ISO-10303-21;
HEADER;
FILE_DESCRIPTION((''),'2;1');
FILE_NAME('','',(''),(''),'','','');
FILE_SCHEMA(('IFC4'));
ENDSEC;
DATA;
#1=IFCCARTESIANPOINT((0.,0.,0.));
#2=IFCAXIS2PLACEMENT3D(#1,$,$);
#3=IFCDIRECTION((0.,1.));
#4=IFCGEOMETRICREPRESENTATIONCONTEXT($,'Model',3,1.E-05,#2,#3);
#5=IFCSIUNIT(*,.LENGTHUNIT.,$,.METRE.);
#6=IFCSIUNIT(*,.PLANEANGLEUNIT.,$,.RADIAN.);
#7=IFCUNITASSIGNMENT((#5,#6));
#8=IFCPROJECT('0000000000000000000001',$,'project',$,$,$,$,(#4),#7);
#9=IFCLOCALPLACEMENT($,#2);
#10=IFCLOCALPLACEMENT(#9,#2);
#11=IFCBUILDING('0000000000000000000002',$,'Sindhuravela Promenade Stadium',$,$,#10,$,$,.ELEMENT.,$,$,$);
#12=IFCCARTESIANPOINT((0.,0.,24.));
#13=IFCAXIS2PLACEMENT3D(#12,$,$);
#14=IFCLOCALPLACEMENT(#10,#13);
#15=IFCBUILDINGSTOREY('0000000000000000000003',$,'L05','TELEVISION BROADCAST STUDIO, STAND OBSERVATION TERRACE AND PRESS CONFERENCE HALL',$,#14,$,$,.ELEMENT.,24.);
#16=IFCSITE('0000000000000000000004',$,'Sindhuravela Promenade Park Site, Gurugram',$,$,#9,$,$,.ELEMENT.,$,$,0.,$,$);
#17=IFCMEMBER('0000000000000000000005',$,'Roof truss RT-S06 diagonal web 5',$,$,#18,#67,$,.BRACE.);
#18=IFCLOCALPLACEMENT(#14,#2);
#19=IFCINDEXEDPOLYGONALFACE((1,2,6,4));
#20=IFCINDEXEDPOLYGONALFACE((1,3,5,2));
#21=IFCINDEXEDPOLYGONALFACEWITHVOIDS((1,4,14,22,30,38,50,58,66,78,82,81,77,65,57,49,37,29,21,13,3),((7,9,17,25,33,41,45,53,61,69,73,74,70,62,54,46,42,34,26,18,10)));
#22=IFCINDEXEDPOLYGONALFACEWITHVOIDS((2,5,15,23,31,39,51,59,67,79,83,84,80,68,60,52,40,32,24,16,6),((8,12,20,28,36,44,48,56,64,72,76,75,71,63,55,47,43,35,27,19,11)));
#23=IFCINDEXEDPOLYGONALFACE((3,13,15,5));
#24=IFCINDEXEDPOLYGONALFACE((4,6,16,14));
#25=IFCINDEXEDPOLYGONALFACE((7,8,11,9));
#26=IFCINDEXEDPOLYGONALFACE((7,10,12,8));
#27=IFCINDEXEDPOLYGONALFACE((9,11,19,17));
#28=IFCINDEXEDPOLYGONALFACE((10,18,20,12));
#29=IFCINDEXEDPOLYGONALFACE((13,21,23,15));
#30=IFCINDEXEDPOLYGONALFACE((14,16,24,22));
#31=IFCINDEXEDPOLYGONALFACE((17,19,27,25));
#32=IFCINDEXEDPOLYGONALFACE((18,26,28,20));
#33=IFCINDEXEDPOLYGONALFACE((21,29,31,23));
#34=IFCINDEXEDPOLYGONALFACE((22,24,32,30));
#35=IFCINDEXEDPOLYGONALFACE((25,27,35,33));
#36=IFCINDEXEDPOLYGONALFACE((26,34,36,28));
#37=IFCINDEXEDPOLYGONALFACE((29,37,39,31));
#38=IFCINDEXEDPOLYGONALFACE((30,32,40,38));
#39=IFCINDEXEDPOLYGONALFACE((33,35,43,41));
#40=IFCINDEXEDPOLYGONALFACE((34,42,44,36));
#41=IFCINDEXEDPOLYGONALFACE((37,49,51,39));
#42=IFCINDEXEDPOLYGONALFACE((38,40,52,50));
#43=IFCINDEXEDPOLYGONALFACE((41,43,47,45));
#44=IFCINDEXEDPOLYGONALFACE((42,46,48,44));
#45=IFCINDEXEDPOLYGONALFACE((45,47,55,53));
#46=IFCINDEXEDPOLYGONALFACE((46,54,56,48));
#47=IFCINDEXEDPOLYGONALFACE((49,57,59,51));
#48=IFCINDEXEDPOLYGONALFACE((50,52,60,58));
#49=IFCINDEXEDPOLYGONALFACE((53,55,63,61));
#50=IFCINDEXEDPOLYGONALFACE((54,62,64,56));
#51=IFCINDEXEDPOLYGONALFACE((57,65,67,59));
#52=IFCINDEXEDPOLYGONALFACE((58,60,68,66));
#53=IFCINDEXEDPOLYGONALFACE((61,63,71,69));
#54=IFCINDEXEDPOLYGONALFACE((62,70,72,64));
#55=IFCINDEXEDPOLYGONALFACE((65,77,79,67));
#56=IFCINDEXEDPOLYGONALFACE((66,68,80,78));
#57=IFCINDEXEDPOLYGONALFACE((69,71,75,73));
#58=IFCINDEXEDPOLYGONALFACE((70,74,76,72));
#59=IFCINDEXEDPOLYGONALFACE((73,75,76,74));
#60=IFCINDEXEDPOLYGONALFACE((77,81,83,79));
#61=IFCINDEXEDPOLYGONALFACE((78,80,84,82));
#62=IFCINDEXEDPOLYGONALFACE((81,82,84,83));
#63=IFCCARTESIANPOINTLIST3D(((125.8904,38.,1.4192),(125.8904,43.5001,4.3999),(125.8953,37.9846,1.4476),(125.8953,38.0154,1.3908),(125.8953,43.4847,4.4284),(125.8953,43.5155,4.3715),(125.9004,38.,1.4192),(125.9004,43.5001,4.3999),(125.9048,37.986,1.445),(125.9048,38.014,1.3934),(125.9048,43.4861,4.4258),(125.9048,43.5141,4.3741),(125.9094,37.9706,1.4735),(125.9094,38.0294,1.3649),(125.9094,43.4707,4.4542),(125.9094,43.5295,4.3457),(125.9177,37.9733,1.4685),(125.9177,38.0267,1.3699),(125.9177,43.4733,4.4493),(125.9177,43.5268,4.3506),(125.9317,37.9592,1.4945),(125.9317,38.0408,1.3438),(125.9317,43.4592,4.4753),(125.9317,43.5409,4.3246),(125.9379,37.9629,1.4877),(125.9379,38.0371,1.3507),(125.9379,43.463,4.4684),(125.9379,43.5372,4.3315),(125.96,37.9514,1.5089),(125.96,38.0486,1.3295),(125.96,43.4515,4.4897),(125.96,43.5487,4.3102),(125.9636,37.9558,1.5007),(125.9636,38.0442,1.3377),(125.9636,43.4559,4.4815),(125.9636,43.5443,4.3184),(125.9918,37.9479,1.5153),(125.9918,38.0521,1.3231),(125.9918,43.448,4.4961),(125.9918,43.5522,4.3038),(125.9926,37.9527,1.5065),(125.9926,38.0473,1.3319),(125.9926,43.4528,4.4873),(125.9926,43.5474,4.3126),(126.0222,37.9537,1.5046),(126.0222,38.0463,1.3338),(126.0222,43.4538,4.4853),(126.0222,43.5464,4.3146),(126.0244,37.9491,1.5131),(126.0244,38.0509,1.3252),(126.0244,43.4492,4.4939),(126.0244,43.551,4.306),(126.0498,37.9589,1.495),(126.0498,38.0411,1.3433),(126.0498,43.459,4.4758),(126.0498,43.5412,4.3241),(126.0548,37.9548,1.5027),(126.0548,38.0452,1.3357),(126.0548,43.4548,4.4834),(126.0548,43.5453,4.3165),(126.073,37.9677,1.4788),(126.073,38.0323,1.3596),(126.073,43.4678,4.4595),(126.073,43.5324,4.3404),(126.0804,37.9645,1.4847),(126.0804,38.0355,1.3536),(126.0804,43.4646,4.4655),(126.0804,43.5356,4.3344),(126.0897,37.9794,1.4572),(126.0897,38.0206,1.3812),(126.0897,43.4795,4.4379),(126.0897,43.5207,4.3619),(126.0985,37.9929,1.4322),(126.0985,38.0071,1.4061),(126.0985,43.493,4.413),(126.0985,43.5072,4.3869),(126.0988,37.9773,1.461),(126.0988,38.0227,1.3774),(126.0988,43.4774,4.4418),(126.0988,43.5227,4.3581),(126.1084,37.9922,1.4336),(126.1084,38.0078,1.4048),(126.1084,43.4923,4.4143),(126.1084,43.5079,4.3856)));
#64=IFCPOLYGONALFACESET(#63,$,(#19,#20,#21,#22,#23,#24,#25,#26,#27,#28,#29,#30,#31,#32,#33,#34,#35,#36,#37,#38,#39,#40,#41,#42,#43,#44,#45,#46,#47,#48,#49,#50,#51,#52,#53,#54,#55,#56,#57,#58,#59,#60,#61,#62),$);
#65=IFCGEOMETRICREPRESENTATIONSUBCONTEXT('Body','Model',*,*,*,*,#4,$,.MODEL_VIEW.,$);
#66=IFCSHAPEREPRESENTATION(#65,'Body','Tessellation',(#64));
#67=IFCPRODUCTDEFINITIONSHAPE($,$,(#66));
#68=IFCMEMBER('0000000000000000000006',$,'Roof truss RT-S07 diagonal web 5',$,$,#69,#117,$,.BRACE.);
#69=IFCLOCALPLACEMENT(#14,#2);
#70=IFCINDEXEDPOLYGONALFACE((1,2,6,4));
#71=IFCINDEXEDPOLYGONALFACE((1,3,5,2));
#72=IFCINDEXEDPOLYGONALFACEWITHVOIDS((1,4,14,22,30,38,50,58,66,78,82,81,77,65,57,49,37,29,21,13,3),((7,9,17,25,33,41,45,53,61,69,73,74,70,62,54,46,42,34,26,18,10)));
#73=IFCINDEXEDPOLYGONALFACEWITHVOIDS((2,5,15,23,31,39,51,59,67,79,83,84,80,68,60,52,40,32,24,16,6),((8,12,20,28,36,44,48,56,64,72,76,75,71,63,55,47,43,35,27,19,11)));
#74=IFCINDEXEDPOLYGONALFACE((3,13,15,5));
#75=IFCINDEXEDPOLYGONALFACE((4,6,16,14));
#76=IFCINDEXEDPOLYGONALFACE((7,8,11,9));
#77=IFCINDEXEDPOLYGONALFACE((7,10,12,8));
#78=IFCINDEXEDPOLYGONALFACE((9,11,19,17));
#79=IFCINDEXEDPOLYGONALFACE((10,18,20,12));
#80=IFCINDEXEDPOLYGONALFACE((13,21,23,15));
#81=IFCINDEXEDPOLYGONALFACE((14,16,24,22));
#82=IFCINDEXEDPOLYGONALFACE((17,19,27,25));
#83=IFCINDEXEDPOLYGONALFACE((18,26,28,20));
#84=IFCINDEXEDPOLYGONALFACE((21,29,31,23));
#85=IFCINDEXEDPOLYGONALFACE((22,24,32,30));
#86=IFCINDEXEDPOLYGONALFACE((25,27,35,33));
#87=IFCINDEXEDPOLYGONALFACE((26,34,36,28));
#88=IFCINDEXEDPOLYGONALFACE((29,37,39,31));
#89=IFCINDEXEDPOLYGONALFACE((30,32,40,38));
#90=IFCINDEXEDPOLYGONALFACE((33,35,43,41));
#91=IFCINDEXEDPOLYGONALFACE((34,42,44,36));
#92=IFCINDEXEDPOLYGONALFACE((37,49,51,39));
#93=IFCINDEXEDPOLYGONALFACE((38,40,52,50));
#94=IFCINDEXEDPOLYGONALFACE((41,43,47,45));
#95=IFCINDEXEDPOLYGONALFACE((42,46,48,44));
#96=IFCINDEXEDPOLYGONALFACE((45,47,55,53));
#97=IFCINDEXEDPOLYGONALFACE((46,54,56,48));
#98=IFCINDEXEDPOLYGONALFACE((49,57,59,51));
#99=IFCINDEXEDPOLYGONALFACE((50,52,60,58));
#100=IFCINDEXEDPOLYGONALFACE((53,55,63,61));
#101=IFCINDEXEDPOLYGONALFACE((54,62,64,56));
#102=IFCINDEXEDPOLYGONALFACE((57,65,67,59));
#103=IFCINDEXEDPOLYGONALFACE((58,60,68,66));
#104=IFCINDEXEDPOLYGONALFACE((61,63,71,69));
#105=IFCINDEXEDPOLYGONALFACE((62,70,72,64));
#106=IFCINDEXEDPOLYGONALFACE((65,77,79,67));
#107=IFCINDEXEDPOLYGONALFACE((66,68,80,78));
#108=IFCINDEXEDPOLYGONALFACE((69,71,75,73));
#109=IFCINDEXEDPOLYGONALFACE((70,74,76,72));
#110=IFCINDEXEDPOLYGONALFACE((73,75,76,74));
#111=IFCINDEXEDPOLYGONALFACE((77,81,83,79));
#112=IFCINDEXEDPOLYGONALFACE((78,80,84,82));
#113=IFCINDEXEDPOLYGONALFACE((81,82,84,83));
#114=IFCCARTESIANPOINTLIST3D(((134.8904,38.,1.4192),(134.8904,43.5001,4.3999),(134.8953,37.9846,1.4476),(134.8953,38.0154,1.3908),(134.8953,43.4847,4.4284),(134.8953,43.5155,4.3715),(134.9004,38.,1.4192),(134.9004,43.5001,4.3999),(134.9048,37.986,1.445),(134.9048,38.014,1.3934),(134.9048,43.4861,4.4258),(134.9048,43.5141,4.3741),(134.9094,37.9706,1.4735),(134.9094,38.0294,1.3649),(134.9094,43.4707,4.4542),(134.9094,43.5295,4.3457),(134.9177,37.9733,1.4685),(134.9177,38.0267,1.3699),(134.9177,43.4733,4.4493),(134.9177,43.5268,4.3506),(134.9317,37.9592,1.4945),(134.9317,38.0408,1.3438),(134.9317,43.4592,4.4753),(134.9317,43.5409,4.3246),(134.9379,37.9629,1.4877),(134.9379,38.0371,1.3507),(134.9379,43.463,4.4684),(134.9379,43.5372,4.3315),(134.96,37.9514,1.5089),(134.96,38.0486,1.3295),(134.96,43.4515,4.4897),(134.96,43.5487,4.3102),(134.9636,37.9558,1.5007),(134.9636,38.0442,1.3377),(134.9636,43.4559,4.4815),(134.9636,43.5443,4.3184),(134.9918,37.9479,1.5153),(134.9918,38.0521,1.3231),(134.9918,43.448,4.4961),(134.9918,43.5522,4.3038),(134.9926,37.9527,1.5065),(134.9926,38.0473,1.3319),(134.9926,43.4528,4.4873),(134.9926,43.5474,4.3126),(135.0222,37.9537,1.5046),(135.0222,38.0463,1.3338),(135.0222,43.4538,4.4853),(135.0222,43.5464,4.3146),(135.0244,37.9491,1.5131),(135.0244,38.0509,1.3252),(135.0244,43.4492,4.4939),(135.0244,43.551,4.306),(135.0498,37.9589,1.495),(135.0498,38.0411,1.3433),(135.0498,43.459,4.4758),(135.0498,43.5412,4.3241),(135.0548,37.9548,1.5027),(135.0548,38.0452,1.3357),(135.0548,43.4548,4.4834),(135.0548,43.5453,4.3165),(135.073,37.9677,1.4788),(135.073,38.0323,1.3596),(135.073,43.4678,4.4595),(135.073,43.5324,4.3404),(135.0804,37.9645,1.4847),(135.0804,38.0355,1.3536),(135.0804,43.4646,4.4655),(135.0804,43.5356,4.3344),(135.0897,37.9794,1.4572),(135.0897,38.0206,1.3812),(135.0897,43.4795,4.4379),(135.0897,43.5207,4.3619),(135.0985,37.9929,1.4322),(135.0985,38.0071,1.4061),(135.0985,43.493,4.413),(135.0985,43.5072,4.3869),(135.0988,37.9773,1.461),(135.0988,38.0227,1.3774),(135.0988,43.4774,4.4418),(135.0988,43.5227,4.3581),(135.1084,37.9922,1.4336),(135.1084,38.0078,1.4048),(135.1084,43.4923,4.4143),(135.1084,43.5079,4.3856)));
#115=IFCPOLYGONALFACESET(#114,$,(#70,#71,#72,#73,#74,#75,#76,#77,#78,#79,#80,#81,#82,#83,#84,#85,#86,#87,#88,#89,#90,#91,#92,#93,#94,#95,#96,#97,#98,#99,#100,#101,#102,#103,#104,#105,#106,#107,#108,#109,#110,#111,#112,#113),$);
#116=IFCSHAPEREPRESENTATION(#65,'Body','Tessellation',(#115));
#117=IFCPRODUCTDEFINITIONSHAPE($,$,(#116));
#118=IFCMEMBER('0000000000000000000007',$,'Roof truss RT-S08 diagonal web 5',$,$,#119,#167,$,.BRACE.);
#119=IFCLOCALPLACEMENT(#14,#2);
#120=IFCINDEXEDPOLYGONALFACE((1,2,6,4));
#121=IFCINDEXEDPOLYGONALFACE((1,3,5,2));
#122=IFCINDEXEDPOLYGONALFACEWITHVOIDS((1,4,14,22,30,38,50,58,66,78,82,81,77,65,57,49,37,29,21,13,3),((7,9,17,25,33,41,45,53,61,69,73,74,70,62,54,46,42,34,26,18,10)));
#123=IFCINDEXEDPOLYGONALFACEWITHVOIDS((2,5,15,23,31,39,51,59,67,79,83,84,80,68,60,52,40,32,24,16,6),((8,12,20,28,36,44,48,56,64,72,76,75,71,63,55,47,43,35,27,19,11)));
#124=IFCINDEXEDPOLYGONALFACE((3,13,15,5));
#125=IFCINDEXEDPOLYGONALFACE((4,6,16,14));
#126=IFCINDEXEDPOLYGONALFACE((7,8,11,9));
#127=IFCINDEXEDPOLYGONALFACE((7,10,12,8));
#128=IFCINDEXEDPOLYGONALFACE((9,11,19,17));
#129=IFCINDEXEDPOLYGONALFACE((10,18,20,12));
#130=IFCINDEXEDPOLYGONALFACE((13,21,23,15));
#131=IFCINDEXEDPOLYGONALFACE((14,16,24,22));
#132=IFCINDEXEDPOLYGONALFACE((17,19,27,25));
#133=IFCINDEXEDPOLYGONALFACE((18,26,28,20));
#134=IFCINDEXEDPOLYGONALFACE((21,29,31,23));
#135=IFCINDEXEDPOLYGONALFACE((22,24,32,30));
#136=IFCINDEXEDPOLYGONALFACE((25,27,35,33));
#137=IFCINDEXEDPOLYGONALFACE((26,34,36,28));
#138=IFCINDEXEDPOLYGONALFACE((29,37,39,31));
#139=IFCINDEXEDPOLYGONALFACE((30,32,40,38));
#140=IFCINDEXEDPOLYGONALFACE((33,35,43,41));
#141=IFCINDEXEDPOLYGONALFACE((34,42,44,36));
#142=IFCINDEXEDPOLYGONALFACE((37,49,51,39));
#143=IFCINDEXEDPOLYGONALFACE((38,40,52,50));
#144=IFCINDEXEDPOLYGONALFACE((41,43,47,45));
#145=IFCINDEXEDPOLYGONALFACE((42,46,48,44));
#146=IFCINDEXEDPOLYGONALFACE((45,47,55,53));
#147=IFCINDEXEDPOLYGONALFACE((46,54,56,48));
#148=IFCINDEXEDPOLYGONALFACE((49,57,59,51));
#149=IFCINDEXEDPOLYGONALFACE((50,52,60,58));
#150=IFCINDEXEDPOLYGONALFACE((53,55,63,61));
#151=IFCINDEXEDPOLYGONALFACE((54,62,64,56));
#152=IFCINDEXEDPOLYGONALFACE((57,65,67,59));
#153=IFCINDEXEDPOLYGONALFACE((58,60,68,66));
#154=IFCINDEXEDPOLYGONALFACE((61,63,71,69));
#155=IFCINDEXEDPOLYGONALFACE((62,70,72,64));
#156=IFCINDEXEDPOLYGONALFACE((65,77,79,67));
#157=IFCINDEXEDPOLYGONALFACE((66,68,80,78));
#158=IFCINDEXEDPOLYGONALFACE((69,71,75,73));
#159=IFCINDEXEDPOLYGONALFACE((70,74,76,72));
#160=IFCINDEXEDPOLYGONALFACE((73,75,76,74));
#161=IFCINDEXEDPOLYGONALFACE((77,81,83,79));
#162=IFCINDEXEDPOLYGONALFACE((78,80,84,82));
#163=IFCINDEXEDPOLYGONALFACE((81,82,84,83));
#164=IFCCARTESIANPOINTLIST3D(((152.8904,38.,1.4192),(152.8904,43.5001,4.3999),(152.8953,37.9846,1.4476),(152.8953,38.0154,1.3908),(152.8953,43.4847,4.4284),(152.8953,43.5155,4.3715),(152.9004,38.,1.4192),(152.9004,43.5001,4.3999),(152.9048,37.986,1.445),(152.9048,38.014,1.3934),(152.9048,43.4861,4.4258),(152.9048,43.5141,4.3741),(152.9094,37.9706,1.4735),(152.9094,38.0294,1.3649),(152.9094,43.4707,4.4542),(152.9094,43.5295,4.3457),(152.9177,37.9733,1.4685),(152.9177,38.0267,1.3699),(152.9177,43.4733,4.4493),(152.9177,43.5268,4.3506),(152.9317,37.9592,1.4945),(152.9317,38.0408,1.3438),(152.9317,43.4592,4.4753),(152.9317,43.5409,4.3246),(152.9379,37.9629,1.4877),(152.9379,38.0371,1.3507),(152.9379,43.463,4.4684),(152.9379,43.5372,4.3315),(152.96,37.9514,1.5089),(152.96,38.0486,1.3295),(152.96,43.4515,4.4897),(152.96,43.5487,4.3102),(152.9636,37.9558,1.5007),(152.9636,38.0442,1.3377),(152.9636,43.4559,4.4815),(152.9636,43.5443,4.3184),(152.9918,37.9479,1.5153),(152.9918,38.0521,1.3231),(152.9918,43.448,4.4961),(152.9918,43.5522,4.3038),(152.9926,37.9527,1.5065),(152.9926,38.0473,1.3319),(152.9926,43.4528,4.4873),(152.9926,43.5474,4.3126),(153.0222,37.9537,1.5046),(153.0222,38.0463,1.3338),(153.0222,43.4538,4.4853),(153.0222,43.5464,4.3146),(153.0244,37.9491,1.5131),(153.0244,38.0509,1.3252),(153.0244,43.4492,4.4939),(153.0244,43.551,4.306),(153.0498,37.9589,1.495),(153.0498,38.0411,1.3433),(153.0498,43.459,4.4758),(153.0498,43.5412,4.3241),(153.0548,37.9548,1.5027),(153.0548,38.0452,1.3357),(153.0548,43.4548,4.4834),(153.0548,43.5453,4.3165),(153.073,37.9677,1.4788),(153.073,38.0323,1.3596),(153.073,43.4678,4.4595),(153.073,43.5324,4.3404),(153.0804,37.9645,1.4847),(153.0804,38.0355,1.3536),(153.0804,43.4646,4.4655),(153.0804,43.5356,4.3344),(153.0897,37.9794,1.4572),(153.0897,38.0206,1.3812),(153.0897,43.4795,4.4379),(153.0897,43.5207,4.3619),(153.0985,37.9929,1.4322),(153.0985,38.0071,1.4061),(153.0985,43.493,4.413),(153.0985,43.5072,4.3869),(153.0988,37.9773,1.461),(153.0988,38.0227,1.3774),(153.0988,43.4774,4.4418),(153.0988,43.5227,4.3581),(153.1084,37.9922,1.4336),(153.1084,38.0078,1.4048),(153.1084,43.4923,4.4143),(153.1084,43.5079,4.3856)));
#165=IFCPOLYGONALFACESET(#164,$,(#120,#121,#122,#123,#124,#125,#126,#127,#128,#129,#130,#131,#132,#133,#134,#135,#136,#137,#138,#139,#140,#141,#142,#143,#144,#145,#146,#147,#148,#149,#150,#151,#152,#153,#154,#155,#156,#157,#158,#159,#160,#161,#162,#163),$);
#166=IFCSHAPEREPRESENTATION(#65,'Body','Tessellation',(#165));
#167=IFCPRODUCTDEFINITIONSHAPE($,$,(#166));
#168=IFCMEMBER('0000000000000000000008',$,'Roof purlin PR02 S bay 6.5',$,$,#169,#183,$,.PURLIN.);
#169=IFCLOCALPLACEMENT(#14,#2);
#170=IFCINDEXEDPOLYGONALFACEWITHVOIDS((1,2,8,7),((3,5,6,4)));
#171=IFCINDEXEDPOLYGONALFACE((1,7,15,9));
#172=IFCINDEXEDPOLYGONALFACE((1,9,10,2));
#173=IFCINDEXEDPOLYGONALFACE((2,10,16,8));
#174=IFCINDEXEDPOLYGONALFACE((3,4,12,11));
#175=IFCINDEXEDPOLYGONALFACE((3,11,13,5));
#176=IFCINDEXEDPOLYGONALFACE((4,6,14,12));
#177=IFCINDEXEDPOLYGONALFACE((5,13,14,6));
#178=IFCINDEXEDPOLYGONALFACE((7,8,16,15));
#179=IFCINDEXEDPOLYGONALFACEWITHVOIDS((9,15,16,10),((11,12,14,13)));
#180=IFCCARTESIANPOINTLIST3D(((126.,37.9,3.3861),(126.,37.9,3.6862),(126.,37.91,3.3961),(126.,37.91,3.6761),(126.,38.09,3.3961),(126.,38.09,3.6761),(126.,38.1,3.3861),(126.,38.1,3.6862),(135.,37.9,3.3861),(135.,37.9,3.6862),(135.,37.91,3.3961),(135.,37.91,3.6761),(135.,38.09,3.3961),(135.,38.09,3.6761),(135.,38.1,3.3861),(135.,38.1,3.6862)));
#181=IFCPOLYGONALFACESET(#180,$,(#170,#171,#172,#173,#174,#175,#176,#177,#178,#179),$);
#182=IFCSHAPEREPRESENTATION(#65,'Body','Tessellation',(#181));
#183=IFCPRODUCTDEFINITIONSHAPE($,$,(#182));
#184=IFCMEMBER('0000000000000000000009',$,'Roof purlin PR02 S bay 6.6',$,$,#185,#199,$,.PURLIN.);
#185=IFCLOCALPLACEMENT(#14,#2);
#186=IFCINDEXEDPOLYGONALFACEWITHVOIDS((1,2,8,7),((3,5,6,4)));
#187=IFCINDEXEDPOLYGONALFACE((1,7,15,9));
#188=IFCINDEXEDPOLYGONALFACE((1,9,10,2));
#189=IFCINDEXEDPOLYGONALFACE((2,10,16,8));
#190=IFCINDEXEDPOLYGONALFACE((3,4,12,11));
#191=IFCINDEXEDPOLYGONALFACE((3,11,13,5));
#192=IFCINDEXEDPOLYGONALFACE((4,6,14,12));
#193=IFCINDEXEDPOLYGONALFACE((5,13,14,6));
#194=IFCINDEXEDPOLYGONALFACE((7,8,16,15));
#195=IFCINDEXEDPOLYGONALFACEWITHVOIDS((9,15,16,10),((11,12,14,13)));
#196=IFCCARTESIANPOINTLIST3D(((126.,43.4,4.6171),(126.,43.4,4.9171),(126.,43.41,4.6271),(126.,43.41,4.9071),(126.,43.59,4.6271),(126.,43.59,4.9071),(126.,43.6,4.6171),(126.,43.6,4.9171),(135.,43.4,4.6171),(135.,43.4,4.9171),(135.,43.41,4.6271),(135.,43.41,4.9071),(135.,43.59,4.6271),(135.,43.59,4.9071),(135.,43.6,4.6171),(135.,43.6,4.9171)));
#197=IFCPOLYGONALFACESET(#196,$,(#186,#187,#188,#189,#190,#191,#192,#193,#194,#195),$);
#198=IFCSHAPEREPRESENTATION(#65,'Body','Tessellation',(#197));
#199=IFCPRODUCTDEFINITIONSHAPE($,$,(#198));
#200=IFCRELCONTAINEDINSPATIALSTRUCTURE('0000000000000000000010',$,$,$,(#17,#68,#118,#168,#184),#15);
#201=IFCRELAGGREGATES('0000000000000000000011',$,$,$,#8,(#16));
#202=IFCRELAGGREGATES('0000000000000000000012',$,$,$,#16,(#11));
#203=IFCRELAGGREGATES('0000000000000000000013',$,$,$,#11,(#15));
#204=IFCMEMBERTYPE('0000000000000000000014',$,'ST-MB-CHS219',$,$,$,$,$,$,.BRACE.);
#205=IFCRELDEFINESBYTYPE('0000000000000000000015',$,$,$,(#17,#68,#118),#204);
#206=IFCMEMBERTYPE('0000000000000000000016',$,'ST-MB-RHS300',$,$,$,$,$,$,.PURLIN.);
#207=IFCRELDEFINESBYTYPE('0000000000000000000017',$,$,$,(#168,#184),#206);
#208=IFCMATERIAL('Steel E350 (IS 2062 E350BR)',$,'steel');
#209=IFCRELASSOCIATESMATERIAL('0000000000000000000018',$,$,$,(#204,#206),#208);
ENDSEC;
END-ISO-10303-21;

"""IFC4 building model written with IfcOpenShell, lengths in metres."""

from ifc_helpers import new_model, si_unit, direction, frame, origin, origin_2d, place, context, subcontext, project, spatial, hollow_rectangle, hollow_circle, extrude, material, material_profile, profile_set, type_object, element, save


model = new_model("IFC4")

# Units and contexts
model_context = context("Model", 3, precision=1e-05, world=origin(), true_north=direction((0.0, 1.0)))
body_context = subcontext(model_context, "Body", "Model", "MODEL_VIEW")
ifc_project = project(units=[si_unit("LENGTHUNIT", "METRE"), si_unit("PLANEANGLEUNIT", "RADIAN")], contexts=[model_context])

# Site, building, storey
site_placement = place(None, origin())
site = spatial("IfcSite", under=ifc_project, at=site_placement, Name="Sindhuravela Promenade Park Site, Gurugram", CompositionType="ELEMENT", RefElevation=0.0)
building_placement = place(site_placement, origin())
building = spatial("IfcBuilding", under=site, at=building_placement, Name="Sindhuravela Promenade Stadium", CompositionType="ELEMENT")
storey_placement = place(building_placement, frame((0.0, 0.0, 24.0)))
storey = spatial("IfcBuildingStorey", under=building, at=storey_placement, Name="L05", Description="TELEVISION BROADCAST STUDIO, STAND OBSERVATION TERRACE AND PRESS CONFERENCE HALL", CompositionType="ELEMENT", Elevation=24.0)

# Shared definitions
ifc_material_1 = material(Name="Steel E350 (IS 2062 E350BR)", Category="steel")

# Members
ifc_material_profile_1 = material_profile(ifc_material_1, hollow_circle(Radius=0.1096, WallThickness=0.01, at=origin_2d()), Name="CHS 219.1x10")
ifc_profile_set_1 = profile_set([ifc_material_profile_1], Name="Steel E350 (IS 2062 E350BR)")
member_type_1 = type_object("IfcMemberType", Name="ST-MB-CHS219", PredefinedType="BRACE", material=ifc_profile_set_1)
for number, where, z_axis, x_axis, name in (
    (1, (126.0, 38.0, 1.4192), (0.0, 0.879188, 0.476474), (-1.0, 0.0, 0.0), "Roof truss RT-S06 diagonal web 5"),
    (2, (135.0, 38.0, 1.4192), (0.0, 0.879188, 0.476474), (-1.0, 0.0, 0.0), "Roof truss RT-S07 diagonal web 5"),
    (3, (153.0, 38.0, 1.4192), (0.0, 0.879188, 0.476474), (-1.0, 0.0, 0.0), "Roof truss RT-S08 diagonal web 5"),
):
    element("IfcMember", number, at=place(storey_placement, frame(where, z_axis=z_axis, x_axis=x_axis)), inside=storey, type_object=member_type_1, Name=name, PredefinedType="BRACE", context=body_context, shape_type="SweptSolid", body=[
        extrude(hollow_circle(Radius=0.1096, WallThickness=0.01, at=origin_2d()), origin(), (0.0, 0.0, 1.0), 6.2559),
    ])
ifc_material_profile_2 = material_profile(ifc_material_1, hollow_rectangle(XDim=0.2, YDim=0.3, WallThickness=0.01, at=origin_2d()), Name="RHS 300x200x10")
ifc_profile_set_2 = profile_set([ifc_material_profile_2], Name="Steel E350 (IS 2062 E350BR)")
member_type_2 = type_object("IfcMemberType", Name="ST-MB-RHS300", PredefinedType="PURLIN", material=ifc_profile_set_2)
for number, where, z_axis, x_axis, name in (
    (4, (126.0, 38.0, 3.5361), (1.0, 0.0, 0.0), (0.0, 1.0, 0.0), "Roof purlin PR02 S bay 6.5"),
    (5, (126.0, 43.5, 4.7671), (1.0, 0.0, 0.0), (0.0, 1.0, 0.0), "Roof purlin PR02 S bay 6.6"),
):
    element("IfcMember", number, at=place(storey_placement, frame(where, z_axis=z_axis, x_axis=x_axis)), inside=storey, type_object=member_type_2, Name=name, PredefinedType="PURLIN", context=body_context, shape_type="SweptSolid", body=[
        extrude(hollow_rectangle(XDim=0.2, YDim=0.3, WallThickness=0.01, at=origin_2d()), origin(), (0.0, 0.0, 1.0), 9.0),
    ])

save(model, "model.ifc")
